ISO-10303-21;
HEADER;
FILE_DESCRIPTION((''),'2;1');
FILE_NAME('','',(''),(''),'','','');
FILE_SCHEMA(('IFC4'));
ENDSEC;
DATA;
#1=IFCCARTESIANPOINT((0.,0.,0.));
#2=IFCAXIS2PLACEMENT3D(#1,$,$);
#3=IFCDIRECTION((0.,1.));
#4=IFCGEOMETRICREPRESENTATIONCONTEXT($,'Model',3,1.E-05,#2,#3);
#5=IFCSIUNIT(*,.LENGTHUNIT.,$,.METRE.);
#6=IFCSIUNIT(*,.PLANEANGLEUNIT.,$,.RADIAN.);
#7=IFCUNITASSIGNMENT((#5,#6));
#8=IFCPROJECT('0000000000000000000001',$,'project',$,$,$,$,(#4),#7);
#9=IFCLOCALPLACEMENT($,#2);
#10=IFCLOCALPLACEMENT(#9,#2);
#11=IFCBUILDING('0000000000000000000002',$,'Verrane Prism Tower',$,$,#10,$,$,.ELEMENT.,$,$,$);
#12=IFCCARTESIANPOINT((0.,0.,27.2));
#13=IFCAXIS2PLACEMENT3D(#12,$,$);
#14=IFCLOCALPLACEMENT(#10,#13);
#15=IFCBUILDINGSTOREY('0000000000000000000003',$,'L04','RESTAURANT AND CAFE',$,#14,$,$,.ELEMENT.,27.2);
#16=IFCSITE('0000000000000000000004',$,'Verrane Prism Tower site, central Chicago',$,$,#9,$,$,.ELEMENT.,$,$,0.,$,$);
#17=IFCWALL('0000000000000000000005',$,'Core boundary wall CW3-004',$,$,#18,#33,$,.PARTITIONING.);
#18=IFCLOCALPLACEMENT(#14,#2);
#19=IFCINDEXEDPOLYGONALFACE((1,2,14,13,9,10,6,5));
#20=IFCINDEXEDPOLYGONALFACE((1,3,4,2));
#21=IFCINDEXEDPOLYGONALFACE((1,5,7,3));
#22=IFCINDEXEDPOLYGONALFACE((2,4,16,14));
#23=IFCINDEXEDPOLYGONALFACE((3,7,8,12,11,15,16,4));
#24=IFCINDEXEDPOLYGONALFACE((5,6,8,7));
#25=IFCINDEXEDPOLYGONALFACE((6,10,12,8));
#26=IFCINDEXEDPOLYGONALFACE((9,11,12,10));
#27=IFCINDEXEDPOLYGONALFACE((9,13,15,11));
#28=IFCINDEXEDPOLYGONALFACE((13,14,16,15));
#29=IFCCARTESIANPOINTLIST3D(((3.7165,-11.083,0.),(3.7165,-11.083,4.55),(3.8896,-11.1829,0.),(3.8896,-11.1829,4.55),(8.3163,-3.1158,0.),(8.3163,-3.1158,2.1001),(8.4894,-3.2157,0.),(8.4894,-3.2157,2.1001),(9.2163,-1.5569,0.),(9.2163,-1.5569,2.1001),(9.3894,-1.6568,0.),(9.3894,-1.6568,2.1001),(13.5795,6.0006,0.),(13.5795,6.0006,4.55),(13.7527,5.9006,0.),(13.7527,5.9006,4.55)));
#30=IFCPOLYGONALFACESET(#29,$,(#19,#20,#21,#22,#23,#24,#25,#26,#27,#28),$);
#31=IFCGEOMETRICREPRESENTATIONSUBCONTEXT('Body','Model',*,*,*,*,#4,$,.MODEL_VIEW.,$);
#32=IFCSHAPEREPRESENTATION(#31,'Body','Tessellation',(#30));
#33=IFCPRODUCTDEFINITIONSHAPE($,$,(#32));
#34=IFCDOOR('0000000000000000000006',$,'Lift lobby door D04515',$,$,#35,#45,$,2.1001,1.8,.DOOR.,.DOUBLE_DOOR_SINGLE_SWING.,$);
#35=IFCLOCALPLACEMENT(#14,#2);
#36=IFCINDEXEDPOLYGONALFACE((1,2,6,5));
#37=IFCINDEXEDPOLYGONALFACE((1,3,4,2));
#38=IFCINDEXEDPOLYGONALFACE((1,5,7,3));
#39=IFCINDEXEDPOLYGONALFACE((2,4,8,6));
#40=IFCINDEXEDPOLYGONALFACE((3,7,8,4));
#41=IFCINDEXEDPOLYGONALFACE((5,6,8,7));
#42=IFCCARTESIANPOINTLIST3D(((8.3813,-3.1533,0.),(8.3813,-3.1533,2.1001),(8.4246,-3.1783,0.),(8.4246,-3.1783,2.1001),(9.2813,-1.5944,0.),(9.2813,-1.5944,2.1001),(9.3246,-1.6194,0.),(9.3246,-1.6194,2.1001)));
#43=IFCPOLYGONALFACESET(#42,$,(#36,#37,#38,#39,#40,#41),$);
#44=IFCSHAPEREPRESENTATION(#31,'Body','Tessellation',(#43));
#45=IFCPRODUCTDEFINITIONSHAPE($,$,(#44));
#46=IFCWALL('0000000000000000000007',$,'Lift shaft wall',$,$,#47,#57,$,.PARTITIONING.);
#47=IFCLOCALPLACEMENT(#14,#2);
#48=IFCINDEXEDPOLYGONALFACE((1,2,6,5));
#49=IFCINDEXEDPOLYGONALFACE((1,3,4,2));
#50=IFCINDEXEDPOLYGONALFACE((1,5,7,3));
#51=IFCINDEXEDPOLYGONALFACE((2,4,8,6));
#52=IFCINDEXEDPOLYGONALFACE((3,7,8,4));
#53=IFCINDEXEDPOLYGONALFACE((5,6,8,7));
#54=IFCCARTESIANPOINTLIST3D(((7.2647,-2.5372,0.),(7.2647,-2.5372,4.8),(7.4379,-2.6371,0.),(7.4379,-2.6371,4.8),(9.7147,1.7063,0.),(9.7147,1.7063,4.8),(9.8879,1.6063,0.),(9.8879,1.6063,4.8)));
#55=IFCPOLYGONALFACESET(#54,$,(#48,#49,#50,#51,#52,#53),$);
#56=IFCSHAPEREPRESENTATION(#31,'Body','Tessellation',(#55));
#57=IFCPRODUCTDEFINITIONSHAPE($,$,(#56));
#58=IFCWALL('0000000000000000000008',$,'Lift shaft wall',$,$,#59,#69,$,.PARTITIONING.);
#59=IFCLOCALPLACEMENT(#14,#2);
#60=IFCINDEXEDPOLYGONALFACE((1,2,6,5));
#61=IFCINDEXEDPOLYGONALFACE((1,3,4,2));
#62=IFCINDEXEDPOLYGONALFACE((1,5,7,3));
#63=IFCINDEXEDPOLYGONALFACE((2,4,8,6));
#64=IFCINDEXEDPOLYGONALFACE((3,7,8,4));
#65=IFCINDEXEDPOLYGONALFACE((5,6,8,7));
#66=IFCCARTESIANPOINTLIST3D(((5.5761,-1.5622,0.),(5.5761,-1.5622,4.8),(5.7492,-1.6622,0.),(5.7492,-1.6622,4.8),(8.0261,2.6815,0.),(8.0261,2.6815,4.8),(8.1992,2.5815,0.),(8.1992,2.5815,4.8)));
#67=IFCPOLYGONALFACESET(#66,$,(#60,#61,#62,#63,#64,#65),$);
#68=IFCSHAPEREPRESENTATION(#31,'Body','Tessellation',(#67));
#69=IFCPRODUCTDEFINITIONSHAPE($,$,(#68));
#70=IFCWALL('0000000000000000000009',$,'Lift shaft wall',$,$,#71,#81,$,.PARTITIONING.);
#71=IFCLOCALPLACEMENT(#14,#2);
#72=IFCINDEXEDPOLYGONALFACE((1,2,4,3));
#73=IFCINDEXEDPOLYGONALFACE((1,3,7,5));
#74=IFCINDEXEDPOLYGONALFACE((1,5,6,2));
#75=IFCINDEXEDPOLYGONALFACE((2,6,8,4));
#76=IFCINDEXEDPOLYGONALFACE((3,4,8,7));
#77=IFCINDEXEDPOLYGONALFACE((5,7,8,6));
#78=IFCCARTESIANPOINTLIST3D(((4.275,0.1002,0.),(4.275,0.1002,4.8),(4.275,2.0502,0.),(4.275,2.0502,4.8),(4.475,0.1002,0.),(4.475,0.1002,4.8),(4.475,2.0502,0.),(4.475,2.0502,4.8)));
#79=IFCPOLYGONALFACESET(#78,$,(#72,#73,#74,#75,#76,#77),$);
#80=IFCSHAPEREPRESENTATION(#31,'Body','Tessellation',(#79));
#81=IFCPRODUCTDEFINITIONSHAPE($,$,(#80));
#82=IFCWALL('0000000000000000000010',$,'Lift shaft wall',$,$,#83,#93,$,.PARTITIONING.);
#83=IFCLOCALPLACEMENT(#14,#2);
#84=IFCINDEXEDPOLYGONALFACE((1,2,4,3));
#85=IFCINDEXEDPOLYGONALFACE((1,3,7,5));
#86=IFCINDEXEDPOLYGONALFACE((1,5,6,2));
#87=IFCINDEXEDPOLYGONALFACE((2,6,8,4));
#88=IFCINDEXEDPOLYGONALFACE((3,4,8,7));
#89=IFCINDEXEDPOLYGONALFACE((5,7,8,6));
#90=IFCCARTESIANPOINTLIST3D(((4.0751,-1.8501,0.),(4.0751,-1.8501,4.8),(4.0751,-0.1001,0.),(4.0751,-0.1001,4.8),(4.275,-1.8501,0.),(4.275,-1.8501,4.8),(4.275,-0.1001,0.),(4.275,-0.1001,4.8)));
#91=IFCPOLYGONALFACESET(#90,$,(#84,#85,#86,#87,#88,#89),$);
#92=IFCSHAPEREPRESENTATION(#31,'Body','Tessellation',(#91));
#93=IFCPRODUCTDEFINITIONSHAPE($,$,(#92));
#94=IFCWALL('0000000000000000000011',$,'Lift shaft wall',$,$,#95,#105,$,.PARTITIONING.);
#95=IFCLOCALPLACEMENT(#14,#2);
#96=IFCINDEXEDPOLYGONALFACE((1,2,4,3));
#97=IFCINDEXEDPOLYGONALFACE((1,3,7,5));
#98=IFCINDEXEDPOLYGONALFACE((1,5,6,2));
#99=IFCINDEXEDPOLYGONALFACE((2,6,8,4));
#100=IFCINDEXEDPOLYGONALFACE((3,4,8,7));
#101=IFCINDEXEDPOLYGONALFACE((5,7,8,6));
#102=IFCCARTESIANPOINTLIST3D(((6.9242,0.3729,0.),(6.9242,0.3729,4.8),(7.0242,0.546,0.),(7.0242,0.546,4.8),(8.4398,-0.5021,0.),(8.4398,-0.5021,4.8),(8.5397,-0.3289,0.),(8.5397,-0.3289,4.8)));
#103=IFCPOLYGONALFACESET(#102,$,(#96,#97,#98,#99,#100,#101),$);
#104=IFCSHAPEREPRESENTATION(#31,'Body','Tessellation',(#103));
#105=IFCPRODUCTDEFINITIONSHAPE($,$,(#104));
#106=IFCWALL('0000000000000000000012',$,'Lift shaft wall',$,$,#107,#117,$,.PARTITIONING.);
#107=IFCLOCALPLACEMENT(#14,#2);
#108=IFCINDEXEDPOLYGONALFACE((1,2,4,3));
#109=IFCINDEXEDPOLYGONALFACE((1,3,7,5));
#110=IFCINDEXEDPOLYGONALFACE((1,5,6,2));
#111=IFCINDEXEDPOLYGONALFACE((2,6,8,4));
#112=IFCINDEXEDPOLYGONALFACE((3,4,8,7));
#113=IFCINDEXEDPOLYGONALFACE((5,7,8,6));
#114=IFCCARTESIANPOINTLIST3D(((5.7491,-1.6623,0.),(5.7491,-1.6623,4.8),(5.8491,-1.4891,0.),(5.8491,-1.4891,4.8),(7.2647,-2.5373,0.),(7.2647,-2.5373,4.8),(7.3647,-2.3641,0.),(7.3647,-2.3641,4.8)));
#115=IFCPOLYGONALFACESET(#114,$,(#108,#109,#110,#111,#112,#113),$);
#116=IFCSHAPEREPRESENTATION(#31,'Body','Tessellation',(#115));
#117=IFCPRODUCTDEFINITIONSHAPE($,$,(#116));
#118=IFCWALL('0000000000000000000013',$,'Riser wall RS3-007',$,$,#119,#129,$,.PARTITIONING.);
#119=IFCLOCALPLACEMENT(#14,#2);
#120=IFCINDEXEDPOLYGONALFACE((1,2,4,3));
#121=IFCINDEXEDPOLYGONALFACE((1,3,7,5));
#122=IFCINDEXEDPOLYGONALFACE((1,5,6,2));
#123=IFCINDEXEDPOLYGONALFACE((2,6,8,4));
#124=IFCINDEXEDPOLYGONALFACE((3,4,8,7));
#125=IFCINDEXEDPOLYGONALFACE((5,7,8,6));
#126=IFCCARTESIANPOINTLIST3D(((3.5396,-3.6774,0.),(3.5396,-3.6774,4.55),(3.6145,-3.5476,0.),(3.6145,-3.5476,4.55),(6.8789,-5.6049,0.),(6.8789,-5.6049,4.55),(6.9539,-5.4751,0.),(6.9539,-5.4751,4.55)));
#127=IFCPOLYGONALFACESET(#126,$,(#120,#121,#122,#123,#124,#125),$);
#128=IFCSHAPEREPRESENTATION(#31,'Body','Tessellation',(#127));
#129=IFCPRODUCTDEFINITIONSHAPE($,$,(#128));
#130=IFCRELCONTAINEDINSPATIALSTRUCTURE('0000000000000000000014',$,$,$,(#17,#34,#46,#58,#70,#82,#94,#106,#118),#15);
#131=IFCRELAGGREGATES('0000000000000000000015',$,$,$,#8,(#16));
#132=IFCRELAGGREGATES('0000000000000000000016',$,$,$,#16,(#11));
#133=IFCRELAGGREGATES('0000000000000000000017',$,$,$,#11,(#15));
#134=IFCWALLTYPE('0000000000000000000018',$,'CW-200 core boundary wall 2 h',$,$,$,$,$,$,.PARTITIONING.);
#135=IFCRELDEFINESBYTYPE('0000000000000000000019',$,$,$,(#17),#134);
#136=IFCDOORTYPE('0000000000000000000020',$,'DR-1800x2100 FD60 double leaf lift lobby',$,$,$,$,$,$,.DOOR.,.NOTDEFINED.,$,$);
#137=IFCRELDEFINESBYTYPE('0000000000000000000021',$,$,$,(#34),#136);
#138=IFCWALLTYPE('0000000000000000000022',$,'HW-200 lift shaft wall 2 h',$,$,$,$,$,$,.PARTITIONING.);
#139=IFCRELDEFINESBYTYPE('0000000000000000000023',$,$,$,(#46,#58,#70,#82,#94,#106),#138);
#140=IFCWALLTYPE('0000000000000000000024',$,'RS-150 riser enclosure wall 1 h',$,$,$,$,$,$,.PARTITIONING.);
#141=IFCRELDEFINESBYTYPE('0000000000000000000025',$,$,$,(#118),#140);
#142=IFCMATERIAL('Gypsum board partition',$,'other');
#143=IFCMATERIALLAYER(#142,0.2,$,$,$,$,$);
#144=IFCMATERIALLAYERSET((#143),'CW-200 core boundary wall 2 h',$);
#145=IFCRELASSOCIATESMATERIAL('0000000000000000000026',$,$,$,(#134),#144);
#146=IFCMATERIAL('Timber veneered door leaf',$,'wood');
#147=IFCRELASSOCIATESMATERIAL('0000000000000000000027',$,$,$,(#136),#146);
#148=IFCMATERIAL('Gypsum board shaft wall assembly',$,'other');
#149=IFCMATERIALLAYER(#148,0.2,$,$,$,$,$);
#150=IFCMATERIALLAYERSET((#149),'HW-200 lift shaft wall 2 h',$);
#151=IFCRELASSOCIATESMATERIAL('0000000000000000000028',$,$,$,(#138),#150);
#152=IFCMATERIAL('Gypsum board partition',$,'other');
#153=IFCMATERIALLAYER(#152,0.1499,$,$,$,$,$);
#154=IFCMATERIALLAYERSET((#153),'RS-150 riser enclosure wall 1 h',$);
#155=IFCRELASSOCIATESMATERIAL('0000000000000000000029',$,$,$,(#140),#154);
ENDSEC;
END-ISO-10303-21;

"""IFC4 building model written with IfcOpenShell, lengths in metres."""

from ifc_helpers import new_model, si_unit, direction, frame, frame_2d, origin, place, context, subcontext, project, spatial, rectangle, extrude, material, layer, layer_set, type_object, element, fill, save


model = new_model("IFC4")

# Units and contexts
model_context = context("Model", 3, precision=1e-05, world=origin(), true_north=direction((0.0, 1.0)))
body_context = subcontext(model_context, "Body", "Model", "MODEL_VIEW")
ifc_project = project(units=[si_unit("LENGTHUNIT", "METRE"), si_unit("PLANEANGLEUNIT", "RADIAN")], contexts=[model_context])

# Site, building, storey
site_placement = place(None, origin())
site = spatial("IfcSite", under=ifc_project, at=site_placement, Name="Verrane Prism Tower site, central Chicago", CompositionType="ELEMENT", RefElevation=0.0)
building_placement = place(site_placement, origin())
building = spatial("IfcBuilding", under=site, at=building_placement, Name="Verrane Prism Tower", CompositionType="ELEMENT")
storey_placement = place(building_placement, frame((0.0, 0.0, 27.2)))
storey = spatial("IfcBuildingStorey", under=building, at=storey_placement, Name="L04", Description="RESTAURANT AND CAFE", CompositionType="ELEMENT", Elevation=27.2)

# Wall, opening, door
ifc_material_1 = material(Name="Gypsum board partition", Category="other")
ifc_layer_1 = layer(ifc_material_1, 0.2)
ifc_layer_set_1 = layer_set([ifc_layer_1], Name="CW-200 core boundary wall 2 h")
wall_type_1 = type_object("IfcWallType", Name="CW-200 core boundary wall 2 h", PredefinedType="PARTITIONING", material=ifc_layer_set_1)
wall_1_placement = place(storey_placement, frame((3.803, -11.1331, 0.0), z_axis=(0.0, 0.0, 1.0), x_axis=(0.499995, 0.866028, 0.0)))
wall_1 = element("IfcWall", 1, at=wall_1_placement, inside=storey, type_object=wall_type_1, Name="Core boundary wall CW3-004", PredefinedType="PARTITIONING", context=body_context, shape_type="SweptSolid", body=[
    extrude(rectangle(XDim=19.7263, YDim=0.2, at=frame_2d((9.8633, 0.0))), origin(), (0.0, 0.0, 1.0), 4.55),
])
opening_1_placement = place(wall_1_placement, frame((9.2, 0.0, 0.0)))
opening_1 = element("IfcOpeningElement", 2, at=opening_1_placement, cuts=wall_1, PredefinedType="OPENING", context=body_context, shape_type="SweptSolid", body=[
    extrude(rectangle(XDim=1.8, YDim=2.1001, at=frame_2d((0.8999, 1.05))), frame((0.0, 0.1099, 0.0), z_axis=(0.0, -1.0, 0.0), x_axis=(1.0, 0.0, 0.0)), (0.0, 0.0, 1.0), 0.22),
])
ifc_material_2 = material(Name="Timber veneered door leaf", Category="wood")
door_type_1 = type_object("IfcDoorType", Name="DR-1800x2100 FD60 double leaf lift lobby", OperationType="NOTDEFINED", PredefinedType="DOOR", material=ifc_material_2)
door_1_placement = place(opening_1_placement, origin())
door_1 = element("IfcDoor", 3, at=door_1_placement, inside=storey, type_object=door_type_1, Name="Lift lobby door D04515", OperationType="DOUBLE_DOOR_SINGLE_SWING", OverallHeight=2.1001, OverallWidth=1.8, PredefinedType="DOOR", context=body_context, shape_type="SweptSolid", body=[
    extrude(rectangle(XDim=1.8, YDim=2.1001, at=frame_2d((0.8999, 1.05))), frame((0.0, 0.0249, 0.0), z_axis=(0.0, -1.0, 0.0), x_axis=(1.0, 0.0, 0.0)), (0.0, 0.0, 1.0), 0.05),
])
fill(opening_1, door_1)

# Walls
ifc_material_3 = material(Name="Gypsum board shaft wall assembly", Category="other")
ifc_layer_2 = layer(ifc_material_3, 0.2)
ifc_layer_set_2 = layer_set([ifc_layer_2], Name="HW-200 lift shaft wall 2 h")
wall_type_2 = type_object("IfcWallType", Name="HW-200 lift shaft wall 2 h", PredefinedType="PARTITIONING", material=ifc_layer_set_2)
wall_2_placement = place(storey_placement, frame((7.3513, -2.5872, 0.0), z_axis=(0.0, 0.0, 1.0), x_axis=(0.500003, 0.866024, 0.0)))
element("IfcWall", 4, at=wall_2_placement, inside=storey, type_object=wall_type_2, Name="Lift shaft wall", PredefinedType="PARTITIONING", context=body_context, shape_type="SweptSolid", body=[
    extrude(rectangle(XDim=4.8999, YDim=0.2, at=frame_2d((2.45, 0.0))), origin(), (0.0, 0.0, 1.0), 4.8),
])
wall_3_placement = place(storey_placement, frame((5.6626, -1.6123, 0.0), z_axis=(0.0, 0.0, 1.0), x_axis=(0.499981, 0.866036, 0.0)))
element("IfcWall", 5, at=wall_3_placement, inside=storey, type_object=wall_type_2, Name="Lift shaft wall", PredefinedType="PARTITIONING", context=body_context, shape_type="SweptSolid", body=[
    extrude(rectangle(XDim=4.9001, YDim=0.2, at=frame_2d((2.4502, 0.0))), origin(), (0.0, 0.0, 1.0), 4.8),
])
wall_4_placement = place(storey_placement, frame((4.375, 0.1001, 0.0), z_axis=(0.0, 0.0, 1.0), x_axis=(0.0, 1.0, 0.0)))
element("IfcWall", 6, at=wall_4_placement, inside=storey, type_object=wall_type_2, Name="Lift shaft wall", PredefinedType="PARTITIONING", context=body_context, shape_type="SweptSolid", body=[
    extrude(rectangle(XDim=1.95, YDim=0.2, at=frame_2d((0.9751, 0.0))), origin(), (0.0, 0.0, 1.0), 4.8),
])
for number, where, z_axis, x_axis, name in (
    (7, (4.175, -1.8501, 0.0), (0.0, 0.0, 1.0), (0.0, 1.0, 0.0), "Lift shaft wall"),
    (8, (8.4897, -0.4155, 0.0), (0.0, 0.0, 1.0), (-0.866037, 0.49998, 0.0), "Lift shaft wall"),
    (9, (7.3147, -2.4507, 0.0), (0.0, 0.0, 1.0), (-0.866037, 0.49998, 0.0), "Lift shaft wall"),
):
    element("IfcWall", number, at=place(storey_placement, frame(where, z_axis=z_axis, x_axis=x_axis)), inside=storey, type_object=wall_type_2, Name=name, PredefinedType="PARTITIONING", context=body_context, shape_type="SweptSolid", body=[
        extrude(rectangle(XDim=1.75, YDim=0.2, at=frame_2d((0.875, 0.0))), origin(), (0.0, 0.0, 1.0), 4.8),
    ])
ifc_material_4 = material(Name="Gypsum board partition", Category="other")
ifc_layer_3 = layer(ifc_material_4, 0.1499)
ifc_layer_set_3 = layer_set([ifc_layer_3], Name="RS-150 riser enclosure wall 1 h")
wall_type_3 = type_object("IfcWallType", Name="RS-150 riser enclosure wall 1 h", PredefinedType="PARTITIONING", material=ifc_layer_set_3)
wall_5_placement = place(storey_placement, frame((3.5771, -3.6125, 0.0), z_axis=(0.0, 0.0, 1.0), x_axis=(0.86608, -0.499905, 0.0)))
element("IfcWall", 10, at=wall_5_placement, inside=storey, type_object=wall_type_3, Name="Riser wall RS3-007", PredefinedType="PARTITIONING", context=body_context, shape_type="SweptSolid", body=[
    extrude(rectangle(XDim=3.8557, YDim=0.1499, at=frame_2d((1.9277, 0.0))), origin(), (0.0, 0.0, 1.0), 4.55),
])

save(model, "model.ifc")
